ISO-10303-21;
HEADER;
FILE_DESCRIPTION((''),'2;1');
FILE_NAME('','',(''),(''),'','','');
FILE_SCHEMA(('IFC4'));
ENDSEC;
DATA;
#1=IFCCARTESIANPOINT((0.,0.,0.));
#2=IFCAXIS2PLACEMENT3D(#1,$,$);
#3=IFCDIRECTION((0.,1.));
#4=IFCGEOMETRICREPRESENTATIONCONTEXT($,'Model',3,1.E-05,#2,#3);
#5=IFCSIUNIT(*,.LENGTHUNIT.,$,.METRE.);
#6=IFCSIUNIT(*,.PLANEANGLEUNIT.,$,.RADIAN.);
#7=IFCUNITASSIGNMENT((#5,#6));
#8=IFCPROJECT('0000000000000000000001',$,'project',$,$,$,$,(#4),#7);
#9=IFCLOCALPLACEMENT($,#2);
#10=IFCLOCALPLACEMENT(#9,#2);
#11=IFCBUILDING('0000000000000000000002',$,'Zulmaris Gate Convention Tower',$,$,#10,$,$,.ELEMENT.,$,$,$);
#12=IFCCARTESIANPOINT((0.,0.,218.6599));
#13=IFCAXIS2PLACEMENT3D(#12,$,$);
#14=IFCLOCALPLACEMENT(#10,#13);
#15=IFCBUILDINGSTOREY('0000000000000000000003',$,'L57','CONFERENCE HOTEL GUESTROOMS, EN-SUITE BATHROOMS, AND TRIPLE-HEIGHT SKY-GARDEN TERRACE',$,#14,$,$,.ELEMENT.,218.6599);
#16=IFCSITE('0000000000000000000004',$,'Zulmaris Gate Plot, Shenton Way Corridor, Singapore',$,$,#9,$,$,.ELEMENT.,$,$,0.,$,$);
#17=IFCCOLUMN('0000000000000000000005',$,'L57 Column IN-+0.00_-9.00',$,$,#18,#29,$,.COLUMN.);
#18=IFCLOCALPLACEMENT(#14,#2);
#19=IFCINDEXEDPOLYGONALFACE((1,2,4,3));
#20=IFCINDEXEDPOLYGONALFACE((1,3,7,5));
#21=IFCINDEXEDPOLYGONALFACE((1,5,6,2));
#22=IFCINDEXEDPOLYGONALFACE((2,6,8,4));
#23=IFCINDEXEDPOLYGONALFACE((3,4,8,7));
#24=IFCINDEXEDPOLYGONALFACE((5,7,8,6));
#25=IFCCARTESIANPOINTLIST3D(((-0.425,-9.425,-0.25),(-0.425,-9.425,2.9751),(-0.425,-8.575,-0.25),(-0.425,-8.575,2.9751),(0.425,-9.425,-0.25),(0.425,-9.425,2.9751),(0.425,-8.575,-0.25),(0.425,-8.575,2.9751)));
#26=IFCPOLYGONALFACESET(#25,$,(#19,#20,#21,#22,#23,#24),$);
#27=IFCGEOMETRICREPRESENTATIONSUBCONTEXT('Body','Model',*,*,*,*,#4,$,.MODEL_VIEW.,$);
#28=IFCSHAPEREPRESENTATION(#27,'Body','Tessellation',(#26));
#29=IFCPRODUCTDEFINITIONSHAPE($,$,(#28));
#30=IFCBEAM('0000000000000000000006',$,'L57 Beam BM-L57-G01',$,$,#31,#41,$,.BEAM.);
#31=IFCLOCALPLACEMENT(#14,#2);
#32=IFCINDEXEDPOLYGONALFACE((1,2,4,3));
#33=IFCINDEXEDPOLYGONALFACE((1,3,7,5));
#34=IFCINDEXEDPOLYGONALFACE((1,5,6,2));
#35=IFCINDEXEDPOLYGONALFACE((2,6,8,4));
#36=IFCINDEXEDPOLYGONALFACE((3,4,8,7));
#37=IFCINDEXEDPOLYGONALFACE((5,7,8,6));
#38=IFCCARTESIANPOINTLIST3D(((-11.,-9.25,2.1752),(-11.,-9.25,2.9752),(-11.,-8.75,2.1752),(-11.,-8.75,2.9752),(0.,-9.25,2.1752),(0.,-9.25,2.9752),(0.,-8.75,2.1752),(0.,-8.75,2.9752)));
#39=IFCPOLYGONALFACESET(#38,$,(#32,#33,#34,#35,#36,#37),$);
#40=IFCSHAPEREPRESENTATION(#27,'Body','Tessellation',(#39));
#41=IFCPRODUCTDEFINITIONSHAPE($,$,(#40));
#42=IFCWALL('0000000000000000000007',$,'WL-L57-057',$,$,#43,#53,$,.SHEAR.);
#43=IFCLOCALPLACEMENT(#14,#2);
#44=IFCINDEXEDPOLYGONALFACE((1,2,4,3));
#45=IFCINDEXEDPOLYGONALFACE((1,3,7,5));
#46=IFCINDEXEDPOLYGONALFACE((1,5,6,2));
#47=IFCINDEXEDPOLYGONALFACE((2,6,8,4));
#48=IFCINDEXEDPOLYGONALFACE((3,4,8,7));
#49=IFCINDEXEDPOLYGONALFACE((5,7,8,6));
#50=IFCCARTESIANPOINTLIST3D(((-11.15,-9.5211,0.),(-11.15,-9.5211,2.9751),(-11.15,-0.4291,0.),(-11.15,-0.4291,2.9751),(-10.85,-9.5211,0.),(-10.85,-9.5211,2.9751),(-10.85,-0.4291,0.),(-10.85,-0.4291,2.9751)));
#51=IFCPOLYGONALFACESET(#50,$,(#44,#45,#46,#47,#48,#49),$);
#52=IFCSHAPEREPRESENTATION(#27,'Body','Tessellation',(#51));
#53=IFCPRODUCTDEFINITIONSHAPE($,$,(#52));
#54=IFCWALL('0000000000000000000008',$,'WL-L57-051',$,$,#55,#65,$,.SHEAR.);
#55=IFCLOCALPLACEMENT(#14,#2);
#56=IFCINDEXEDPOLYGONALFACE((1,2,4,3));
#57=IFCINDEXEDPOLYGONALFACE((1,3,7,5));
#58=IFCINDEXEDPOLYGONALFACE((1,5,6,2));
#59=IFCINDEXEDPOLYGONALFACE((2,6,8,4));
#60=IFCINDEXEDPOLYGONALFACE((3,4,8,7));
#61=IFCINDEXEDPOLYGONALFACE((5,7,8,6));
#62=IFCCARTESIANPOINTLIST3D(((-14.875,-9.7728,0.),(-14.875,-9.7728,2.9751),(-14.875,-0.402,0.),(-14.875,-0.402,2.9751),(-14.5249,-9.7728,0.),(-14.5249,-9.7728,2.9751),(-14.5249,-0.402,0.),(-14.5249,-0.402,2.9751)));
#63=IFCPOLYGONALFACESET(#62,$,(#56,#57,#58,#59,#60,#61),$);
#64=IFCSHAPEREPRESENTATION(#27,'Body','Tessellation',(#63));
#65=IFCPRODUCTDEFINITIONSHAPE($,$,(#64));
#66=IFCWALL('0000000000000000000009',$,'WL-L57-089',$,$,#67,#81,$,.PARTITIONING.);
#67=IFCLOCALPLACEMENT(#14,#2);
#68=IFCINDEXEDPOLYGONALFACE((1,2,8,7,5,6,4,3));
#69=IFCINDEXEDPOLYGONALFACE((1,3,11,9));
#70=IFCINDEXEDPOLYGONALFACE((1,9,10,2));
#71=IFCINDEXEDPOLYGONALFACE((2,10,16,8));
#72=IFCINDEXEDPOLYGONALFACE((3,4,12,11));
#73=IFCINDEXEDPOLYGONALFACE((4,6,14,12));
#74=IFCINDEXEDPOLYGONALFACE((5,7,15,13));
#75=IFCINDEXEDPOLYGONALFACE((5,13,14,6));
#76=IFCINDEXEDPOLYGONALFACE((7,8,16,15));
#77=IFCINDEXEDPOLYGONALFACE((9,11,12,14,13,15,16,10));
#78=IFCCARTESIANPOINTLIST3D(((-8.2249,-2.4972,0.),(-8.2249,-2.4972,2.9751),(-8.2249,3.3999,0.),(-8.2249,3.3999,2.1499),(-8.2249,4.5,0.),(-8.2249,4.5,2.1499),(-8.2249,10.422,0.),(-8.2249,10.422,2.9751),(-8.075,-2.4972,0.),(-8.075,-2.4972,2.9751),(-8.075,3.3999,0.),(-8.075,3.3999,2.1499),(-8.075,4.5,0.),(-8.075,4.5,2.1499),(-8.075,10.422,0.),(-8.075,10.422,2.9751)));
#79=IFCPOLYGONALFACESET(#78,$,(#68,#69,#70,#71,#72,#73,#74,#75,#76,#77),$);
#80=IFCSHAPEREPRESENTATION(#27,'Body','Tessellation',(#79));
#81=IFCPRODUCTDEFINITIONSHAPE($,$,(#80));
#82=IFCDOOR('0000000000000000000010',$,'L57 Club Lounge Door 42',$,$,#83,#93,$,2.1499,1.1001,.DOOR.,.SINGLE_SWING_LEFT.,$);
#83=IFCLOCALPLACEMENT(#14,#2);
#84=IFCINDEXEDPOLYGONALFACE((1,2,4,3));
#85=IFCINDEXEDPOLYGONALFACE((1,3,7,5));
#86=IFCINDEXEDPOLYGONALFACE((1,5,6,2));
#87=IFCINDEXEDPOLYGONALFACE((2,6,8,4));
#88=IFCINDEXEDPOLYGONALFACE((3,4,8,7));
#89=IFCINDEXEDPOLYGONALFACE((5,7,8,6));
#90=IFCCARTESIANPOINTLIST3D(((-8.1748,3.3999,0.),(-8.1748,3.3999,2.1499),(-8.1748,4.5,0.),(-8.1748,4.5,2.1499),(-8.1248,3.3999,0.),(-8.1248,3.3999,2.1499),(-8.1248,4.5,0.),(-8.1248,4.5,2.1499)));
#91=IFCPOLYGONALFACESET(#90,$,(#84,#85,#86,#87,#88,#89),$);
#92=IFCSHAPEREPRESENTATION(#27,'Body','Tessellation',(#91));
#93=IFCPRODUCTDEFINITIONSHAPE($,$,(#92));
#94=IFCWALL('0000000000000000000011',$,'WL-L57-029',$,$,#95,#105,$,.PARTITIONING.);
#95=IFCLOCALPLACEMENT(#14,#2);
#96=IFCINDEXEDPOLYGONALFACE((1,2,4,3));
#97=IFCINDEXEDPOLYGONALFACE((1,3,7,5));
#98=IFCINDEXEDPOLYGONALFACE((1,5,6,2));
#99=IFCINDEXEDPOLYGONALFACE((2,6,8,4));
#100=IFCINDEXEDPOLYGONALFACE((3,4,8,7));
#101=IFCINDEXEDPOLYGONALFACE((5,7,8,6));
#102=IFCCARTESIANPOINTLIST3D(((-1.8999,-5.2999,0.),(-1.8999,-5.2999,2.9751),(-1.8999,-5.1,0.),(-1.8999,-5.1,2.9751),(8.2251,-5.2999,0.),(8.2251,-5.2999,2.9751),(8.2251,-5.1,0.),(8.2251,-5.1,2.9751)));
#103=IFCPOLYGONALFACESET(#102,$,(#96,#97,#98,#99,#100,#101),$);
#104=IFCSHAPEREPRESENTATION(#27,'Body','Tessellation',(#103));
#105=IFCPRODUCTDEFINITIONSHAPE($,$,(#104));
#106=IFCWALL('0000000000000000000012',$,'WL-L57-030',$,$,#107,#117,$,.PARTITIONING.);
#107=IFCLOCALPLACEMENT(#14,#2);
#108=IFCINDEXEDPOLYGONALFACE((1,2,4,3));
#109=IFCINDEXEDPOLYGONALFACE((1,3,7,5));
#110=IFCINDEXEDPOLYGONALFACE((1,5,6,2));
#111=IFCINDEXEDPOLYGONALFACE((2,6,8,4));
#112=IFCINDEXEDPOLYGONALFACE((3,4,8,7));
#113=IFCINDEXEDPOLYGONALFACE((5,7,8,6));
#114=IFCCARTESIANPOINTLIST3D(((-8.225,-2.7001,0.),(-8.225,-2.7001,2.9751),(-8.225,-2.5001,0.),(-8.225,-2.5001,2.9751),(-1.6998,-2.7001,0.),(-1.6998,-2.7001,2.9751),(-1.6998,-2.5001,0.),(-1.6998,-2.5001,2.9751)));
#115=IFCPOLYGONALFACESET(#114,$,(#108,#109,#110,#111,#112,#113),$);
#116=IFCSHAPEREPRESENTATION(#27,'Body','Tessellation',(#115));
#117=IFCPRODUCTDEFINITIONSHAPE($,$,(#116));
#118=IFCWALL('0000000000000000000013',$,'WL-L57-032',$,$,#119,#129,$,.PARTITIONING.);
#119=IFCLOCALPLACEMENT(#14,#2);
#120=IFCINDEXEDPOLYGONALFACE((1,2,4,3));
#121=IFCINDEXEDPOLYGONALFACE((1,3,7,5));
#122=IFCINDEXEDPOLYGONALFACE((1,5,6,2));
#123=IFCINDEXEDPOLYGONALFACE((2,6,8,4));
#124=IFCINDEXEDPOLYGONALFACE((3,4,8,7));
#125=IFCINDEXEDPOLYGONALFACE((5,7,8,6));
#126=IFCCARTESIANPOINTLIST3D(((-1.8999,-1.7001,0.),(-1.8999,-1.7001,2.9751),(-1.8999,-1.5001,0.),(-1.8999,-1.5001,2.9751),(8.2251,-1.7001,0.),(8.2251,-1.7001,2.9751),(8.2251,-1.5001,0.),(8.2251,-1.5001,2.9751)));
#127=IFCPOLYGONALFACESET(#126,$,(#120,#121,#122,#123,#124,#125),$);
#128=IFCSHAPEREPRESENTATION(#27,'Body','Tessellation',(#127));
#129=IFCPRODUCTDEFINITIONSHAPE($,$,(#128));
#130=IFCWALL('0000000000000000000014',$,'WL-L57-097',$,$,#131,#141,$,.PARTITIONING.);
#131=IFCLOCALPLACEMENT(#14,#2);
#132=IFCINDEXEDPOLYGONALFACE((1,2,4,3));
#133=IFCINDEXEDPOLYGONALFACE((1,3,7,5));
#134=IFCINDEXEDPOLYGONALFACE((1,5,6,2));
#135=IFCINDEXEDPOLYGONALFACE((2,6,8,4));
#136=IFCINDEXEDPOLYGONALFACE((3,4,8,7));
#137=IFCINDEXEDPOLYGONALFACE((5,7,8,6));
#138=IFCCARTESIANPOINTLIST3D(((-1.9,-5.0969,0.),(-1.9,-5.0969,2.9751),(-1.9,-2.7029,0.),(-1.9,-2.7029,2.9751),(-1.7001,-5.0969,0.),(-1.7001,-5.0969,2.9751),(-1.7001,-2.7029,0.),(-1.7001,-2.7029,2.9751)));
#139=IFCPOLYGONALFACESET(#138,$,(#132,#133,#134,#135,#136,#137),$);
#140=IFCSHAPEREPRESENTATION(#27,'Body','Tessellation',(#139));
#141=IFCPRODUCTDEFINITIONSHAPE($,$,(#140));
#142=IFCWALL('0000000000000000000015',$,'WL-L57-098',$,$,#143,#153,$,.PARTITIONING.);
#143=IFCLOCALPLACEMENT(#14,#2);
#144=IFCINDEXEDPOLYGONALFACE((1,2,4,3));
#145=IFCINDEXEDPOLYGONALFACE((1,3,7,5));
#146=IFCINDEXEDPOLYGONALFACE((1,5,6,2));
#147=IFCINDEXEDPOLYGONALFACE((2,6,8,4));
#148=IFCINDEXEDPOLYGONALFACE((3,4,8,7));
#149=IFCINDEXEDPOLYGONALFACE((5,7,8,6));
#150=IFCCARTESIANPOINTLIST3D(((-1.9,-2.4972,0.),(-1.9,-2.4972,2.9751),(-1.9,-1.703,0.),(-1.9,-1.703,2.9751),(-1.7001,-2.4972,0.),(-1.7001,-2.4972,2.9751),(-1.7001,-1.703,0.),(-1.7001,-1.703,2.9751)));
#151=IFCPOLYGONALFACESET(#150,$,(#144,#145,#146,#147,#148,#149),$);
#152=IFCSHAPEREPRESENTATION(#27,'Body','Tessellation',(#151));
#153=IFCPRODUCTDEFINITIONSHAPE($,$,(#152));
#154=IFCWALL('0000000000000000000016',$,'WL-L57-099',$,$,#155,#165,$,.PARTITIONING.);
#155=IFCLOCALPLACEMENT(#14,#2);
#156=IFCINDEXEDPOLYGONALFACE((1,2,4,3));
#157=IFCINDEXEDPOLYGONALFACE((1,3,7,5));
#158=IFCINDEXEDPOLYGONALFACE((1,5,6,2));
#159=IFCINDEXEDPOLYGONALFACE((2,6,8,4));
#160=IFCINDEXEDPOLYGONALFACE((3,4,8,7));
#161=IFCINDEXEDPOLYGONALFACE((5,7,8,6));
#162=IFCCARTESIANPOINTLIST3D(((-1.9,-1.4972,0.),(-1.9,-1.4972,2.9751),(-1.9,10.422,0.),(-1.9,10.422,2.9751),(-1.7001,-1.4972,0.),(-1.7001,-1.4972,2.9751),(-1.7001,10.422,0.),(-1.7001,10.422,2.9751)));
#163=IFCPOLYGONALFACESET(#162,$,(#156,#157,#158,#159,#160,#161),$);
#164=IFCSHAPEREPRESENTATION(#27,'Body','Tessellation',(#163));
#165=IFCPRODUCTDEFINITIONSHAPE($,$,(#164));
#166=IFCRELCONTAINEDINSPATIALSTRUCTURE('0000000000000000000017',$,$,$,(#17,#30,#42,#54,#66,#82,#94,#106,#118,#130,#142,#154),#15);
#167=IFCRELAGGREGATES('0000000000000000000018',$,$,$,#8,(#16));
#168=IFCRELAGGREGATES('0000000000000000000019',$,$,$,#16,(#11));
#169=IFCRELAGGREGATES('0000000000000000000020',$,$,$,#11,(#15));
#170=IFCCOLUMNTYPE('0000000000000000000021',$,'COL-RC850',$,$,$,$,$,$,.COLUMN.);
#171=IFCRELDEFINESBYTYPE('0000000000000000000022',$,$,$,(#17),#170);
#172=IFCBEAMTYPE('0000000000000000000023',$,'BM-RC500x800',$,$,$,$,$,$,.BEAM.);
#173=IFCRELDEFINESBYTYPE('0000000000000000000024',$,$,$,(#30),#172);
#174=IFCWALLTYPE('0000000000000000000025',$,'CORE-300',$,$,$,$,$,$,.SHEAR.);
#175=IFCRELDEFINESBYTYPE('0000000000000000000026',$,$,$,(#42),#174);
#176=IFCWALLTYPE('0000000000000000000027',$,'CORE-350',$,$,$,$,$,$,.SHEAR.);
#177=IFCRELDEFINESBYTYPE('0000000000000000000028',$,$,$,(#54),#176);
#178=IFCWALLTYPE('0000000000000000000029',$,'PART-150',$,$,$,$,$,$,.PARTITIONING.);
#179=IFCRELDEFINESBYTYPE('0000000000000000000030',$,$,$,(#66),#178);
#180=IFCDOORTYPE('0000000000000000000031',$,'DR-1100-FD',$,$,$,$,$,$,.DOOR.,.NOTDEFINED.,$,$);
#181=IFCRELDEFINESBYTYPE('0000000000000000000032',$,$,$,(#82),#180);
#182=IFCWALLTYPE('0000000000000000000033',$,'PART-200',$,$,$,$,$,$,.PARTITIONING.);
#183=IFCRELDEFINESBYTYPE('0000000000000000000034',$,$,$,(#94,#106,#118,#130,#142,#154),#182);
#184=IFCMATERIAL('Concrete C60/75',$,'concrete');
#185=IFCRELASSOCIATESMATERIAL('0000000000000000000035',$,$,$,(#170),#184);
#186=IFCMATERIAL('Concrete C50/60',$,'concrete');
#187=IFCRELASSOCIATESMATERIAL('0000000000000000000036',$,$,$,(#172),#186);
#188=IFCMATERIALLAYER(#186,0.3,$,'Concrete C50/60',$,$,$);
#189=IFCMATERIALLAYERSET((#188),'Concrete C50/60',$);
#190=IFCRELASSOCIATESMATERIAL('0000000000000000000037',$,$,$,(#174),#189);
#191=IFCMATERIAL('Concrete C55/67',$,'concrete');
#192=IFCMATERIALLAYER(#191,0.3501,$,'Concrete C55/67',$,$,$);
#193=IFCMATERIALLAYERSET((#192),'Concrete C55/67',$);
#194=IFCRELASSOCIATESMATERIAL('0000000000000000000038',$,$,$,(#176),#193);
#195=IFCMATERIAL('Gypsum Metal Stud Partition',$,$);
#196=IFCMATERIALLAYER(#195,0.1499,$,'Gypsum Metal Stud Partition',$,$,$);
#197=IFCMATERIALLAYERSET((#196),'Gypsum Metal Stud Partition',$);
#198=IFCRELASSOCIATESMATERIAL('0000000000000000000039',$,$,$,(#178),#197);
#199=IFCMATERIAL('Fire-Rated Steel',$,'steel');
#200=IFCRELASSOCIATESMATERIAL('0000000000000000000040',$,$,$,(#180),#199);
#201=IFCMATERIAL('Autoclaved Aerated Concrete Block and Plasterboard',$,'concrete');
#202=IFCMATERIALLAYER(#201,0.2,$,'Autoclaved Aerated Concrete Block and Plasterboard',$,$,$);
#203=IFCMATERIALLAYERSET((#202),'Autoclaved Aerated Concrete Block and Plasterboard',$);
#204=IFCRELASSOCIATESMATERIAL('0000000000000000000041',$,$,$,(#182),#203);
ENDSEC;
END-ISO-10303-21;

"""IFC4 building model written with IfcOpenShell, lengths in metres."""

from ifc_helpers import new_model, si_unit, direction, frame, frame_2d, origin, origin_2d, place, context, subcontext, project, spatial, rectangle, extrude, material, layer, layer_set, material_profile, profile_set, type_object, element, fill, save


model = new_model("IFC4")

# Units and contexts
model_context = context("Model", 3, precision=1e-05, world=origin(), true_north=direction((0.0, 1.0)))
body_context = subcontext(model_context, "Body", "Model", "MODEL_VIEW")
ifc_project = project(units=[si_unit("LENGTHUNIT", "METRE"), si_unit("PLANEANGLEUNIT", "RADIAN")], contexts=[model_context])

# Site, building, storey
site_placement = place(None, origin())
site = spatial("IfcSite", under=ifc_project, at=site_placement, Name="Zulmaris Gate Plot, Shenton Way Corridor, Singapore", CompositionType="ELEMENT", RefElevation=0.0)
building_placement = place(site_placement, origin())
building = spatial("IfcBuilding", under=site, at=building_placement, Name="Zulmaris Gate Convention Tower", CompositionType="ELEMENT")
storey_placement = place(building_placement, frame((0.0, 0.0, 218.6599)))
storey = spatial("IfcBuildingStorey", under=building, at=storey_placement, Name="L57", Description="CONFERENCE HOTEL GUESTROOMS, EN-SUITE BATHROOMS, AND TRIPLE-HEIGHT SKY-GARDEN TERRACE", CompositionType="ELEMENT", Elevation=218.6599)

# Column
ifc_material_1 = material(Name="Concrete C60/75", Category="concrete")
ifc_material_profile_1 = material_profile(ifc_material_1, rectangle(XDim=0.8501, YDim=0.8501, at=origin_2d()), Name="RC COL 850x850")
ifc_profile_set_1 = profile_set([ifc_material_profile_1], Name="Concrete C60/75")
column_type = type_object("IfcColumnType", Name="COL-RC850", PredefinedType="COLUMN", material=ifc_profile_set_1)
column_placement = place(storey_placement, frame((0.0, -9.0, -0.25), z_axis=(0.0, 0.0, 1.0), x_axis=(1.0, 0.0, 0.0)))
element("IfcColumn", 1, at=column_placement, inside=storey, type_object=column_type, Name="L57 Column IN-+0.00_-9.00", PredefinedType="COLUMN", context=body_context, shape_type="SweptSolid", body=[
    extrude(rectangle(XDim=0.8501, YDim=0.8501, at=origin_2d()), origin(), (0.0, 0.0, 1.0), 3.2251),
])

# Beam
ifc_material_2 = material(Name="Concrete C50/60", Category="concrete")
ifc_material_profile_2 = material_profile(ifc_material_2, rectangle(XDim=0.5, YDim=0.8, at=origin_2d()), Name="RC BEAM 500x800")
ifc_profile_set_2 = profile_set([ifc_material_profile_2], Name="Concrete C50/60")
beam_type = type_object("IfcBeamType", Name="BM-RC500x800", PredefinedType="BEAM", material=ifc_profile_set_2)
beam_placement = place(storey_placement, frame((-11.0, -9.0, 2.5752), z_axis=(1.0, 0.0, 0.0), x_axis=(0.0, 1.0, 0.0)))
element("IfcBeam", 2, at=beam_placement, inside=storey, type_object=beam_type, Name="L57 Beam BM-L57-G01", PredefinedType="BEAM", context=body_context, shape_type="SweptSolid", body=[
    extrude(rectangle(XDim=0.5, YDim=0.8, at=origin_2d()), origin(), (0.0, 0.0, 1.0), 11.0),
])

# Walls
ifc_layer_1 = layer(ifc_material_2, 0.3, Name="Concrete C50/60")
ifc_layer_set_1 = layer_set([ifc_layer_1], Name="Concrete C50/60")
wall_type_1 = type_object("IfcWallType", Name="CORE-300", PredefinedType="SHEAR", material=ifc_layer_set_1)
wall_1_placement = place(storey_placement, frame((-11.0, -9.521, 0.0), z_axis=(0.0, 0.0, 1.0), x_axis=(0.0, 1.0, 0.0)))
element("IfcWall", 3, at=wall_1_placement, inside=storey, type_object=wall_type_1, Name="WL-L57-057", PredefinedType="SHEAR", context=body_context, shape_type="SweptSolid", body=[
    extrude(rectangle(XDim=9.092, YDim=0.3, at=frame_2d((4.5459, 0.0))), origin(), (0.0, 0.0, 1.0), 2.9751),
])
ifc_material_3 = material(Name="Concrete C55/67", Category="concrete")
ifc_layer_2 = layer(ifc_material_3, 0.3501, Name="Concrete C55/67")
ifc_layer_set_2 = layer_set([ifc_layer_2], Name="Concrete C55/67")
wall_type_2 = type_object("IfcWallType", Name="CORE-350", PredefinedType="SHEAR", material=ifc_layer_set_2)
wall_2_placement = place(storey_placement, frame((-14.7, -9.7729, 0.0), z_axis=(0.0, 0.0, 1.0), x_axis=(0.0, 1.0, 0.0)))
element("IfcWall", 4, at=wall_2_placement, inside=storey, type_object=wall_type_2, Name="WL-L57-051", PredefinedType="SHEAR", context=body_context, shape_type="SweptSolid", body=[
    extrude(rectangle(XDim=9.3708, YDim=0.3501, at=frame_2d((4.6855, 0.0))), origin(), (0.0, 0.0, 1.0), 2.9751),
])

# Wall, opening, door
ifc_material_4 = material(Name="Gypsum Metal Stud Partition")
ifc_layer_3 = layer(ifc_material_4, 0.1499, Name="Gypsum Metal Stud Partition")
ifc_layer_set_3 = layer_set([ifc_layer_3], Name="Gypsum Metal Stud Partition")
wall_type_3 = type_object("IfcWallType", Name="PART-150", PredefinedType="PARTITIONING", material=ifc_layer_set_3)
wall_3_placement = place(storey_placement, frame((-8.1499, -2.4971, 0.0), z_axis=(0.0, 0.0, 1.0), x_axis=(0.0, 1.0, 0.0)))
wall_3 = element("IfcWall", 5, at=wall_3_placement, inside=storey, type_object=wall_type_3, Name="WL-L57-089", PredefinedType="PARTITIONING", context=body_context, shape_type="SweptSolid", body=[
    extrude(rectangle(XDim=12.9192, YDim=0.1499, at=frame_2d((6.4595, 0.0))), origin(), (0.0, 0.0, 1.0), 2.9751),
])
opening_placement = place(wall_3_placement, frame((5.897, 0.0, 0.0)))
opening = element("IfcOpeningElement", 6, at=opening_placement, cuts=wall_3, PredefinedType="OPENING", context=body_context, shape_type="SweptSolid", body=[
    extrude(rectangle(XDim=1.1001, YDim=2.1499, at=frame_2d((0.55, 1.075))), frame((0.0, 0.085, 0.0), z_axis=(0.0, -1.0, 0.0), x_axis=(1.0, 0.0, 0.0)), (0.0, 0.0, 1.0), 0.1699),
])
ifc_material_5 = material(Name="Fire-Rated Steel", Category="steel")
door_type = type_object("IfcDoorType", Name="DR-1100-FD", OperationType="NOTDEFINED", PredefinedType="DOOR", material=ifc_material_5)
door_placement = place(opening_placement, origin())
door = element("IfcDoor", 7, at=door_placement, inside=storey, type_object=door_type, Name="L57 Club Lounge Door 42", OperationType="SINGLE_SWING_LEFT", OverallHeight=2.1499, OverallWidth=1.1001, PredefinedType="DOOR", context=body_context, shape_type="SweptSolid", body=[
    extrude(rectangle(XDim=1.1001, YDim=2.1499, at=frame_2d((0.55, 1.075))), frame((0.0, 0.0249, 0.0), z_axis=(0.0, -1.0, 0.0), x_axis=(1.0, 0.0, 0.0)), (0.0, 0.0, 1.0), 0.05),
])
fill(opening, door)

# Walls
ifc_material_6 = material(Name="Autoclaved Aerated Concrete Block and Plasterboard", Category="concrete")
ifc_layer_4 = layer(ifc_material_6, 0.2, Name="Autoclaved Aerated Concrete Block and Plasterboard")
ifc_layer_set_4 = layer_set([ifc_layer_4], Name="Autoclaved Aerated Concrete Block and Plasterboard")
wall_type_4 = type_object("IfcWallType", Name="PART-200", PredefinedType="PARTITIONING", material=ifc_layer_set_4)
wall_4_placement = place(storey_placement, frame((-1.8999, -5.2, 0.0), z_axis=(0.0, 0.0, 1.0), x_axis=(1.0, 0.0, 0.0)))
element("IfcWall", 8, at=wall_4_placement, inside=storey, type_object=wall_type_4, Name="WL-L57-029", PredefinedType="PARTITIONING", context=body_context, shape_type="SweptSolid", body=[
    extrude(rectangle(XDim=10.125, YDim=0.2, at=frame_2d((5.0625, 0.0))), origin(), (0.0, 0.0, 1.0), 2.9751),
])
wall_5_placement = place(storey_placement, frame((-8.2251, -2.6001, 0.0), z_axis=(0.0, 0.0, 1.0), x_axis=(1.0, 0.0, 0.0)))
element("IfcWall", 9, at=wall_5_placement, inside=storey, type_object=wall_type_4, Name="WL-L57-030", PredefinedType="PARTITIONING", context=body_context, shape_type="SweptSolid", body=[
    extrude(rectangle(XDim=6.5251, YDim=0.2, at=frame_2d((3.2627, 0.0))), origin(), (0.0, 0.0, 1.0), 2.9751),
])
wall_6_placement = place(storey_placement, frame((-1.8999, -1.6001, 0.0), z_axis=(0.0, 0.0, 1.0), x_axis=(1.0, 0.0, 0.0)))
element("IfcWall", 10, at=wall_6_placement, inside=storey, type_object=wall_type_4, Name="WL-L57-032", PredefinedType="PARTITIONING", context=body_context, shape_type="SweptSolid", body=[
    extrude(rectangle(XDim=10.125, YDim=0.2, at=frame_2d((5.0625, 0.0))), origin(), (0.0, 0.0, 1.0), 2.9751),
])
wall_7_placement = place(storey_placement, frame((-1.8, -5.0969, 0.0), z_axis=(0.0, 0.0, 1.0), x_axis=(0.0, 1.0, 0.0)))
element("IfcWall", 11, at=wall_7_placement, inside=storey, type_object=wall_type_4, Name="WL-L57-097", PredefinedType="PARTITIONING", context=body_context, shape_type="SweptSolid", body=[
    extrude(rectangle(XDim=2.394, YDim=0.2, at=frame_2d((1.197, 0.0))), origin(), (0.0, 0.0, 1.0), 2.9751),
])
wall_8_placement = place(storey_placement, frame((-1.8, -2.4971, 0.0), z_axis=(0.0, 0.0, 1.0), x_axis=(0.0, 1.0, 0.0)))
element("IfcWall", 12, at=wall_8_placement, inside=storey, type_object=wall_type_4, Name="WL-L57-098", PredefinedType="PARTITIONING", context=body_context, shape_type="SweptSolid", body=[
    extrude(rectangle(XDim=0.7942, YDim=0.2, at=frame_2d((0.397, 0.0))), origin(), (0.0, 0.0, 1.0), 2.9751),
])
wall_9_placement = place(storey_placement, frame((-1.8, -1.4971, 0.0), z_axis=(0.0, 0.0, 1.0), x_axis=(0.0, 1.0, 0.0)))
element("IfcWall", 13, at=wall_9_placement, inside=storey, type_object=wall_type_4, Name="WL-L57-099", PredefinedType="PARTITIONING", context=body_context, shape_type="SweptSolid", body=[
    extrude(rectangle(XDim=11.9192, YDim=0.2, at=frame_2d((5.9595, 0.0))), origin(), (0.0, 0.0, 1.0), 2.9751),
])

save(model, "model.ifc")
